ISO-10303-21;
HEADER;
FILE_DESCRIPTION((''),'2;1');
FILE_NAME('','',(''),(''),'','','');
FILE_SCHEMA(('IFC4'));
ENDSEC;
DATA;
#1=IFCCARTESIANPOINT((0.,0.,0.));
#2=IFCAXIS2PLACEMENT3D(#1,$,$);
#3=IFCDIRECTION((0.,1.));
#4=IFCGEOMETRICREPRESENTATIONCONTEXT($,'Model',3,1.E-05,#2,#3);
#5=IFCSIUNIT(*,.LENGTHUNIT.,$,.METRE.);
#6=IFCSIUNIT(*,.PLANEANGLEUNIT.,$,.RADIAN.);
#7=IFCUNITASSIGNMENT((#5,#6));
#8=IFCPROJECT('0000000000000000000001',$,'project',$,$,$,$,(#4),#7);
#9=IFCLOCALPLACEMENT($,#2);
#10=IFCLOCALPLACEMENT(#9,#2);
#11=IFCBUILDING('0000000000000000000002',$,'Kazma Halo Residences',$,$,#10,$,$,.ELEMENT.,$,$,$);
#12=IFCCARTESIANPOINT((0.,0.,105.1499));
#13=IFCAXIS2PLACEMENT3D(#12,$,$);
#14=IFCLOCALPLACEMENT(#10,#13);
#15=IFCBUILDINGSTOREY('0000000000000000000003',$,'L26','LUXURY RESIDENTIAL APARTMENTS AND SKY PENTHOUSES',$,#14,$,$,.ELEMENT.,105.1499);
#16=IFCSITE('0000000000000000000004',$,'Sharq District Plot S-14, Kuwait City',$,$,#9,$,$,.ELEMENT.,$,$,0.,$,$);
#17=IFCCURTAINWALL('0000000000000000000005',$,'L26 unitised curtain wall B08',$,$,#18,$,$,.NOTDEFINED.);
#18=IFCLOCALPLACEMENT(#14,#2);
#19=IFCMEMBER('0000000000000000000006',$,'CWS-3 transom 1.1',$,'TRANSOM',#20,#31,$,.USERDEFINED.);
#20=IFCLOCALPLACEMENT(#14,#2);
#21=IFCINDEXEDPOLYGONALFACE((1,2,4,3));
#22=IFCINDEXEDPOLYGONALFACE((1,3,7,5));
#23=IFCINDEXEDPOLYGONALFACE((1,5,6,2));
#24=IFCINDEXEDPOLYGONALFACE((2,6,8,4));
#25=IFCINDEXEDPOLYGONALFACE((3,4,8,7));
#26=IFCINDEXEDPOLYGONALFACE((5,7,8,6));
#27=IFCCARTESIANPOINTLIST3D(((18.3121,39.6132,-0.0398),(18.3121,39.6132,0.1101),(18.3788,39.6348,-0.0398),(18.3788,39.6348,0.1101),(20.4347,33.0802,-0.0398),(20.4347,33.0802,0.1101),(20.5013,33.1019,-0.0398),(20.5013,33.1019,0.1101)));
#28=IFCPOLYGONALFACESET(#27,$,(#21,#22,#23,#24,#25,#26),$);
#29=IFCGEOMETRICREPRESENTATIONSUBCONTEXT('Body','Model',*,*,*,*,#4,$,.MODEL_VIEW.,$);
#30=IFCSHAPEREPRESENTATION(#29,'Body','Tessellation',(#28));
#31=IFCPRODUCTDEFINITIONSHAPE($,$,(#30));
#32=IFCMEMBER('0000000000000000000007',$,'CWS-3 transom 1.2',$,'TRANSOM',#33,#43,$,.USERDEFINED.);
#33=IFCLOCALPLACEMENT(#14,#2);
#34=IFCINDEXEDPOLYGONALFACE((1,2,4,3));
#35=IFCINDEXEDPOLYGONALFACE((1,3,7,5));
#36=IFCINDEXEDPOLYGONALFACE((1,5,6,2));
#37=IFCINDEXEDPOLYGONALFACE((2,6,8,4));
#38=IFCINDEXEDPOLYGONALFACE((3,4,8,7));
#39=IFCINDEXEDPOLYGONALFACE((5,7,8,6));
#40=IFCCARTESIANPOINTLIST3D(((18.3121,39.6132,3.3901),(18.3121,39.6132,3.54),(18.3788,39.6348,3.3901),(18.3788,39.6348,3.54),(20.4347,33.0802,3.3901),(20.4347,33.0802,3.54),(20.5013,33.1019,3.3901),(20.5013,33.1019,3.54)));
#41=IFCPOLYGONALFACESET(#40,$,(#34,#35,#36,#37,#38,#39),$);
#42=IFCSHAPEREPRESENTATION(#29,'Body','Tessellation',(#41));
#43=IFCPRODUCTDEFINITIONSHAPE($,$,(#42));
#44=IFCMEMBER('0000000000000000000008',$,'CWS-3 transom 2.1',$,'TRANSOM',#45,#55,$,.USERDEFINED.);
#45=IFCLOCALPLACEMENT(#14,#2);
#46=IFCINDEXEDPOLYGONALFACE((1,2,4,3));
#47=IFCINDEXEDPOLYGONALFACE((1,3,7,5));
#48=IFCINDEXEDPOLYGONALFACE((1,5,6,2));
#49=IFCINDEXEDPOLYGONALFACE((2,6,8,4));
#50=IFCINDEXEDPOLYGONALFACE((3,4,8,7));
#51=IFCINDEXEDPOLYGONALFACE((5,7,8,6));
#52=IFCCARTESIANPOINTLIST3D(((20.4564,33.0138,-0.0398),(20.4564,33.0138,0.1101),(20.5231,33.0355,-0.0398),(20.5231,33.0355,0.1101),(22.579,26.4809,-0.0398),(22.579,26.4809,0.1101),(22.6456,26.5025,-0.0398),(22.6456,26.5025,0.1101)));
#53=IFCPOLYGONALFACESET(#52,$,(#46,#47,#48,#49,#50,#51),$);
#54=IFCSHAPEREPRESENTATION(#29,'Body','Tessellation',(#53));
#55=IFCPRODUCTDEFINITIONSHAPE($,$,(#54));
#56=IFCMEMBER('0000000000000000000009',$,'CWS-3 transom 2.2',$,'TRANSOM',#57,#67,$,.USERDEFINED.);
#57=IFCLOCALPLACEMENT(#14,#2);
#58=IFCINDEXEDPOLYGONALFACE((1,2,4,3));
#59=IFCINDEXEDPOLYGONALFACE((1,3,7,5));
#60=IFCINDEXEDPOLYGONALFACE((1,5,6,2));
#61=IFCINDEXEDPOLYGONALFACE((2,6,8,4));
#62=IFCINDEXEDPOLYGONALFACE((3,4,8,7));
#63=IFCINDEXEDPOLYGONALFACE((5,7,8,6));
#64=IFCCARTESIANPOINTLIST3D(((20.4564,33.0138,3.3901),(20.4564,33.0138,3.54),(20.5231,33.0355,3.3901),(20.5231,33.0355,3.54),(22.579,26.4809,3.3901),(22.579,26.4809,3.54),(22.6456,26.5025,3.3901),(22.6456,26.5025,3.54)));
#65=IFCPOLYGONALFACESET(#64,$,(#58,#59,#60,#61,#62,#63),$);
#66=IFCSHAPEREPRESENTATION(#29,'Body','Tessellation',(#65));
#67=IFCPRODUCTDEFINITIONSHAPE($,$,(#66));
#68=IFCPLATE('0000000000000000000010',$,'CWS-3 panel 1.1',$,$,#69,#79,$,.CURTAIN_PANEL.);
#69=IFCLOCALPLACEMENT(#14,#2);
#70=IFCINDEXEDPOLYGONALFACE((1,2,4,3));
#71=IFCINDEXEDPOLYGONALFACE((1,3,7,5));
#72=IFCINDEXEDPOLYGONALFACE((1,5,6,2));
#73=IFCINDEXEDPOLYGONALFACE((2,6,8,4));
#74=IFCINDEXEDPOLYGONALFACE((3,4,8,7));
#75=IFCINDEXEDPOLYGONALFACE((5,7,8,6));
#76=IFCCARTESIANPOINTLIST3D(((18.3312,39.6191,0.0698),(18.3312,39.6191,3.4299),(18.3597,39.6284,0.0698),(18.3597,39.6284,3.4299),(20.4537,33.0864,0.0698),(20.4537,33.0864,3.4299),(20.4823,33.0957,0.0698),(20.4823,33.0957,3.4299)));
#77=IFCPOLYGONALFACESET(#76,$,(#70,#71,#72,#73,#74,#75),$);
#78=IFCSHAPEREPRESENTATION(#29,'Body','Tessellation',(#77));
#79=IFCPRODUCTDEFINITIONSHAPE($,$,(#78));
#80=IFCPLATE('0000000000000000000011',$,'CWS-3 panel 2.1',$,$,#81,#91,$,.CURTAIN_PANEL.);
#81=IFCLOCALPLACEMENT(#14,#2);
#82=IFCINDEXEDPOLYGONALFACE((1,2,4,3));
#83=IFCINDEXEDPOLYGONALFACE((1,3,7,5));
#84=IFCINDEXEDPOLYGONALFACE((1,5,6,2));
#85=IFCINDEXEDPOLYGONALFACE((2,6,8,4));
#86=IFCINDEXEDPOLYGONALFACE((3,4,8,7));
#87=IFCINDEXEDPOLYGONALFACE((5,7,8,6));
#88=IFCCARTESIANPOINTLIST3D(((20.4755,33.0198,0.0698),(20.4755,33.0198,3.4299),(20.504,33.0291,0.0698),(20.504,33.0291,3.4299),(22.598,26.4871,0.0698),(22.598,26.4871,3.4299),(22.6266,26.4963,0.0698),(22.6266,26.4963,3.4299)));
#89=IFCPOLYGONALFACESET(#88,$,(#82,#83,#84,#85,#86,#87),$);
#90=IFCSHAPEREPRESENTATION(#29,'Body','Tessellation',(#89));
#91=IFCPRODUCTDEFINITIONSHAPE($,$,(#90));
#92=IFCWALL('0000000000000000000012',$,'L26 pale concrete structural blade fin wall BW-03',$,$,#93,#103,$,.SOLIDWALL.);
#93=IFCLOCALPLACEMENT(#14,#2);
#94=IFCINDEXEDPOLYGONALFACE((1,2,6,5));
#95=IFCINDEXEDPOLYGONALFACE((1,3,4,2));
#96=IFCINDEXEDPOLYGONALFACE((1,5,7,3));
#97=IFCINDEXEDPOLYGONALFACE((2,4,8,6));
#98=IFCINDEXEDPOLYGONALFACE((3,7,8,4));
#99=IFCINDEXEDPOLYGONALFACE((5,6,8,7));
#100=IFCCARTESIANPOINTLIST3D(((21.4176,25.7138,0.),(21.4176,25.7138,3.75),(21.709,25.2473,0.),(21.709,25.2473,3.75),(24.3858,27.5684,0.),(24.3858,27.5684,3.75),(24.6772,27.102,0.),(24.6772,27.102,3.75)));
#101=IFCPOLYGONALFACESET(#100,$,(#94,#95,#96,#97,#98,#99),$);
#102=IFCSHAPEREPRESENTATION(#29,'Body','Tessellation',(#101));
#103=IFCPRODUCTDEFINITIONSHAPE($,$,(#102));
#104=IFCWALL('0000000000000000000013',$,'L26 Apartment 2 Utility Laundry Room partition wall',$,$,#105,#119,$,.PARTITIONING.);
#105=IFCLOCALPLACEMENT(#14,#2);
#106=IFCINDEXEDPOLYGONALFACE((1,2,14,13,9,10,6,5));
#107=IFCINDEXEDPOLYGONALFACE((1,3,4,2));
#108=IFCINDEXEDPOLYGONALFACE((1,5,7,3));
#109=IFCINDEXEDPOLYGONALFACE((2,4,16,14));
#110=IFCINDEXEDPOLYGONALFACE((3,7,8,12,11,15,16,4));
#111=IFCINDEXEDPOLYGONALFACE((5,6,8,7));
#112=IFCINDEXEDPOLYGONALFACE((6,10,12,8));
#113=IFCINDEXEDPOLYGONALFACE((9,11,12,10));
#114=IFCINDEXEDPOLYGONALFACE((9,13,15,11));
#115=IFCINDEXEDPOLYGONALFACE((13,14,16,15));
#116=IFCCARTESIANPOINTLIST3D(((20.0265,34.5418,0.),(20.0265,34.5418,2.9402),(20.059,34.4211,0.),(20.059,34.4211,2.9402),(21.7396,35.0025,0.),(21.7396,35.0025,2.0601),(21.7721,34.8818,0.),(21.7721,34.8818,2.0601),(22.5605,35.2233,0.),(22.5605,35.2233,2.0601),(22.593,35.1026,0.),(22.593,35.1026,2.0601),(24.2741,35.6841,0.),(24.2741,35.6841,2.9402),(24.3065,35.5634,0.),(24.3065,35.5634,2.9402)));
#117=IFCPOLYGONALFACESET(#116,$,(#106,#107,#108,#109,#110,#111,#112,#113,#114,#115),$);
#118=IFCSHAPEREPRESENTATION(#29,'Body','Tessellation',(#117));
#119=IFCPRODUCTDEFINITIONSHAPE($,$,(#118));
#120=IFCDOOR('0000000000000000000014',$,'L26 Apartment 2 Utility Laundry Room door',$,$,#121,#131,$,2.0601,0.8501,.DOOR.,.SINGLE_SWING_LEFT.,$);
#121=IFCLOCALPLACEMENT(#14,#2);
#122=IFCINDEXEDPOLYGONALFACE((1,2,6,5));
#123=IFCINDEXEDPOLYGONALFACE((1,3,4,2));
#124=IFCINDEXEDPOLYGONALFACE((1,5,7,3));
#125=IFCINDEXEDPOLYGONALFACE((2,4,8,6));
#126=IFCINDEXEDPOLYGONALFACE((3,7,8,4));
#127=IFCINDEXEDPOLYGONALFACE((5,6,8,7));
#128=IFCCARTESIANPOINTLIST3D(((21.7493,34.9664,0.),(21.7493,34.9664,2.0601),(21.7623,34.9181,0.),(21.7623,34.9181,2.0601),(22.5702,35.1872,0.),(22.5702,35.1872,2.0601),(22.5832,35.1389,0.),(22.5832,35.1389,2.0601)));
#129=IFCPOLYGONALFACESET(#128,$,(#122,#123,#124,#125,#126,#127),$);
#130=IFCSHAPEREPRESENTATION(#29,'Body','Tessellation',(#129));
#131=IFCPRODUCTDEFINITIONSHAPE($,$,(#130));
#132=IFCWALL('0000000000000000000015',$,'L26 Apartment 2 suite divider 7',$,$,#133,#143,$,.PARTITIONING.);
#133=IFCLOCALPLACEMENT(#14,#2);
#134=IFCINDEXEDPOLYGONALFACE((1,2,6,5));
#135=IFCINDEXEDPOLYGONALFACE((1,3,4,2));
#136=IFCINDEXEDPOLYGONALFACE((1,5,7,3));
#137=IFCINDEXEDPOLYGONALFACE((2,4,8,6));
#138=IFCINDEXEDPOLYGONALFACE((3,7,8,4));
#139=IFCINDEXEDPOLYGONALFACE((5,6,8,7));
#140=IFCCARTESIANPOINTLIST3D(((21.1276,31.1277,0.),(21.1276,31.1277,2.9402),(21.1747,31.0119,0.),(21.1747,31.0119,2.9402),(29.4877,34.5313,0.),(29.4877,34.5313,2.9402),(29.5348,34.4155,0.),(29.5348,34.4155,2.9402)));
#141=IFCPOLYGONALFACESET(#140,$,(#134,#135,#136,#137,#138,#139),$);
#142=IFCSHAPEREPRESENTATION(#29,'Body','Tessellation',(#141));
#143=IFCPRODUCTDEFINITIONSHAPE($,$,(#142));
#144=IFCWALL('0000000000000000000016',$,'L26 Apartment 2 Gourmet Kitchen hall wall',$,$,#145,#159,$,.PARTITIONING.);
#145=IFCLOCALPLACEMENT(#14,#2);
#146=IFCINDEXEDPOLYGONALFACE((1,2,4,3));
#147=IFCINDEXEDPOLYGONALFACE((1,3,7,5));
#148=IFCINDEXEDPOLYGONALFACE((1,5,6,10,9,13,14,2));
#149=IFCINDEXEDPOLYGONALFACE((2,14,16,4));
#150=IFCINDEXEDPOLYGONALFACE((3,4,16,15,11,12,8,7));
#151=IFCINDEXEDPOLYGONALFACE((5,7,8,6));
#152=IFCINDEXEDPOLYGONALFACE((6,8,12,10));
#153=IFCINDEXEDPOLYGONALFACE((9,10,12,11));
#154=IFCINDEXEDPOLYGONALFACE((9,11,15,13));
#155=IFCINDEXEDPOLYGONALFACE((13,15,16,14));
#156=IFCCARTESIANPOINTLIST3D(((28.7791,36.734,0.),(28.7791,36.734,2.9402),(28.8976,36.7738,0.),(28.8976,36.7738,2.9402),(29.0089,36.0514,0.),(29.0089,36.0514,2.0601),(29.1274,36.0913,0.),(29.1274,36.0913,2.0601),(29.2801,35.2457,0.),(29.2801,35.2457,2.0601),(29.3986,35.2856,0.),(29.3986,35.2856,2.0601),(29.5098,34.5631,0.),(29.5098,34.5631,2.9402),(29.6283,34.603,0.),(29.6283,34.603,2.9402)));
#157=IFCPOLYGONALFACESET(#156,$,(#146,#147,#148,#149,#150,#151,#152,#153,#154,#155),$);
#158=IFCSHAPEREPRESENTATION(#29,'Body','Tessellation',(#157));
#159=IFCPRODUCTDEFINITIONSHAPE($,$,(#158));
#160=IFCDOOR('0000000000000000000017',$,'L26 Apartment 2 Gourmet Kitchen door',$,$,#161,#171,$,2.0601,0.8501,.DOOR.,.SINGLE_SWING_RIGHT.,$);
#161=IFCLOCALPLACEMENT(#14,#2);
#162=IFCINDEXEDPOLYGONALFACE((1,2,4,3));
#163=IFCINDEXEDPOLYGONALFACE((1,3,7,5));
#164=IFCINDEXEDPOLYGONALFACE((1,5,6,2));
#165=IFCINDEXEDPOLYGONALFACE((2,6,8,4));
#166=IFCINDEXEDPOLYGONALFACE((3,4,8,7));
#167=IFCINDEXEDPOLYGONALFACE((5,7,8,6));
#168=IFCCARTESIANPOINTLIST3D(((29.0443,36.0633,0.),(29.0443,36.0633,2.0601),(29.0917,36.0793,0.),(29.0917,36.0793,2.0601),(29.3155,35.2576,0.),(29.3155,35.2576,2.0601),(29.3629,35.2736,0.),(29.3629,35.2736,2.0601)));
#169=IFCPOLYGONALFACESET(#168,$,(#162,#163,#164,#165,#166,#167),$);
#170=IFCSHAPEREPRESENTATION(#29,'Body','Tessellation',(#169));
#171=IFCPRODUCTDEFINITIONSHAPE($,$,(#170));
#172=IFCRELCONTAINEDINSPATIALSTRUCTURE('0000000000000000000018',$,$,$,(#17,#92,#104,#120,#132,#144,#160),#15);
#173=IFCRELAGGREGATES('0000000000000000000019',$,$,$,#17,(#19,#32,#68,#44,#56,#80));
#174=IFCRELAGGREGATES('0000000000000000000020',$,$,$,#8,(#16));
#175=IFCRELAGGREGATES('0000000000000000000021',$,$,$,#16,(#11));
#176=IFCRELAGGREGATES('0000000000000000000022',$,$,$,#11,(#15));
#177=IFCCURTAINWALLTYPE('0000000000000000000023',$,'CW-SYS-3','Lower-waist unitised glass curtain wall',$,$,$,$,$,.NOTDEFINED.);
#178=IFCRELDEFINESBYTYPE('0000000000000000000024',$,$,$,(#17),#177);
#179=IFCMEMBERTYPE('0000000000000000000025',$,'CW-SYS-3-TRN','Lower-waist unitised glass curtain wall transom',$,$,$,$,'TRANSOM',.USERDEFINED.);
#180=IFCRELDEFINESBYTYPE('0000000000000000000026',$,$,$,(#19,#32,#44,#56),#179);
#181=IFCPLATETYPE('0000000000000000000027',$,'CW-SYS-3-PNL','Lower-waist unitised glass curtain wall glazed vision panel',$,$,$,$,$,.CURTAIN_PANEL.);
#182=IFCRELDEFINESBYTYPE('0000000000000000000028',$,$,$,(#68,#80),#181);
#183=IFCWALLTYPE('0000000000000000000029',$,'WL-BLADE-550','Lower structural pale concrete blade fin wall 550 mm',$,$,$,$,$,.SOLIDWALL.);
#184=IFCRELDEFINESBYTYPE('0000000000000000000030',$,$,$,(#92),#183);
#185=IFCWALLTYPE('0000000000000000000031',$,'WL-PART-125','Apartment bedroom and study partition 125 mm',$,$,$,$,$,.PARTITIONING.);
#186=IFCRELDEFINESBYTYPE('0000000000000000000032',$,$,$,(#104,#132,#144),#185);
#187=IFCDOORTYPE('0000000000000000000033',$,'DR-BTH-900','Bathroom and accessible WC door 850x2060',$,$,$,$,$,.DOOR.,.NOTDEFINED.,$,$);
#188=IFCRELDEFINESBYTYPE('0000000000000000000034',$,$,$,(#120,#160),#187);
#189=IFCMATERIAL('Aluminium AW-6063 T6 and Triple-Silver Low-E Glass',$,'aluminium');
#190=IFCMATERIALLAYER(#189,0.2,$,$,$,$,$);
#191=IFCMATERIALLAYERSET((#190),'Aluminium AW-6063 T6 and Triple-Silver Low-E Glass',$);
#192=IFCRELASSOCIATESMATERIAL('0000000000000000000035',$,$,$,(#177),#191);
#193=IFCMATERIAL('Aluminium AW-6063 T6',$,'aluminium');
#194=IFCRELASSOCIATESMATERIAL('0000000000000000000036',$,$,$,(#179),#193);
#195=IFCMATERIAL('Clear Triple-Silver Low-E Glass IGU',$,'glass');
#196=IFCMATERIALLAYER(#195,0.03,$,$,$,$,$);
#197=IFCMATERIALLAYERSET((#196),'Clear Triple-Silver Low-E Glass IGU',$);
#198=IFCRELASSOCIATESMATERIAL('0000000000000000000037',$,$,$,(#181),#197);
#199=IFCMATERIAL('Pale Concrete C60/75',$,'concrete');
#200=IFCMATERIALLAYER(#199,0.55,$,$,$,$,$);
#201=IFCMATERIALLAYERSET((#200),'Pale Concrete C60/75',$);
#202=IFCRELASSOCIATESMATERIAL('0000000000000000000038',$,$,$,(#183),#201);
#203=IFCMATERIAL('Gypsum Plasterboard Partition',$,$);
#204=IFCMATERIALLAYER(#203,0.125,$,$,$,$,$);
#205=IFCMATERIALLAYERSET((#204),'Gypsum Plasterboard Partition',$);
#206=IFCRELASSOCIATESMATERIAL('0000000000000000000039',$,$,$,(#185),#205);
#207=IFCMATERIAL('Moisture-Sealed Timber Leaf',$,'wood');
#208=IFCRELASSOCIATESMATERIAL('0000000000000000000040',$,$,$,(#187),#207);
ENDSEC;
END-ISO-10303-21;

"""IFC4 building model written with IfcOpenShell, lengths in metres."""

from ifc_helpers import new_model, si_unit, direction, frame, frame_2d, origin, origin_2d, place, context, subcontext, project, spatial, rectangle, extrude, material, layer, layer_set, material_profile, profile_set, type_object, element, fill, aggregate, save


model = new_model("IFC4")

# Units and contexts
model_context = context("Model", 3, precision=1e-05, world=origin(), true_north=direction((0.0, 1.0)))
body_context = subcontext(model_context, "Body", "Model", "MODEL_VIEW")
ifc_project = project(units=[si_unit("LENGTHUNIT", "METRE"), si_unit("PLANEANGLEUNIT", "RADIAN")], contexts=[model_context])

# Site, building, storey
site_placement = place(None, origin())
site = spatial("IfcSite", under=ifc_project, at=site_placement, Name="Sharq District Plot S-14, Kuwait City", CompositionType="ELEMENT", RefElevation=0.0)
building_placement = place(site_placement, origin())
building = spatial("IfcBuilding", under=site, at=building_placement, Name="Kazma Halo Residences", CompositionType="ELEMENT")
storey_placement = place(building_placement, frame((0.0, 0.0, 105.1499)))
storey = spatial("IfcBuildingStorey", under=building, at=storey_placement, Name="L26", Description="LUXURY RESIDENTIAL APARTMENTS AND SKY PENTHOUSES", CompositionType="ELEMENT", Elevation=105.1499)

# Curtain wall, members, plates
ifc_material_1 = material(Name="Aluminium AW-6063 T6 and Triple-Silver Low-E Glass", Category="aluminium")
ifc_layer_1 = layer(ifc_material_1, 0.2)
ifc_layer_set_1 = layer_set([ifc_layer_1], Name="Aluminium AW-6063 T6 and Triple-Silver Low-E Glass")
curtain_wall_type = type_object("IfcCurtainWallType", Name="CW-SYS-3", Description="Lower-waist unitised glass curtain wall", PredefinedType="NOTDEFINED", material=ifc_layer_set_1)
curtain_wall_placement = place(storey_placement, origin())
curtain_wall = element("IfcCurtainWall", 1, at=curtain_wall_placement, inside=storey, type_object=curtain_wall_type, Name="L26 unitised curtain wall B08", PredefinedType="NOTDEFINED")
ifc_material_2 = material(Name="Aluminium AW-6063 T6", Category="aluminium")
ifc_material_profile_1 = material_profile(ifc_material_2, rectangle(XDim=0.0701, YDim=0.1499, at=origin_2d()), Name="CWT-70x150")
ifc_profile_set_1 = profile_set([ifc_material_profile_1], Name="Aluminium AW-6063 T6")
member_type_1 = type_object("IfcMemberType", Name="CW-SYS-3-TRN", Description="Lower-waist unitised glass curtain wall transom", ElementType="TRANSOM", PredefinedType="USERDEFINED", material=ifc_profile_set_1)
member_1_placement = place(storey_placement, frame((18.3455, 39.624, 0.0352), z_axis=(0.309, -0.951062, 0.0), x_axis=(0.951062, 0.309, 0.0)))
member_1 = element("IfcMember", 2, at=member_1_placement, type_object=member_type_1, Name="CWS-3 transom 1.1", ObjectType="TRANSOM", PredefinedType="USERDEFINED", context=body_context, shape_type="SweptSolid", body=[
    extrude(rectangle(XDim=0.0701, YDim=0.1499, at=origin_2d()), origin(), (0.0, 0.0, 1.0), 6.8691),
])
member_2_placement = place(storey_placement, frame((18.3455, 39.624, 3.4651), z_axis=(0.309, -0.951062, 0.0), x_axis=(0.951062, 0.309, 0.0)))
member_2 = element("IfcMember", 3, at=member_2_placement, type_object=member_type_1, Name="CWS-3 transom 1.2", ObjectType="TRANSOM", PredefinedType="USERDEFINED", context=body_context, shape_type="SweptSolid", body=[
    extrude(rectangle(XDim=0.0701, YDim=0.1499, at=origin_2d()), origin(), (0.0, 0.0, 1.0), 6.8691),
])
member_3_placement = place(storey_placement, frame((20.4897, 33.0247, 0.0352), z_axis=(0.309, -0.951062, 0.0), x_axis=(0.951062, 0.309, 0.0)))
member_3 = element("IfcMember", 4, at=member_3_placement, type_object=member_type_1, Name="CWS-3 transom 2.1", ObjectType="TRANSOM", PredefinedType="USERDEFINED", context=body_context, shape_type="SweptSolid", body=[
    extrude(rectangle(XDim=0.0701, YDim=0.1499, at=origin_2d()), origin(), (0.0, 0.0, 1.0), 6.8691),
])
member_4_placement = place(storey_placement, frame((20.4897, 33.0247, 3.4651), z_axis=(0.309, -0.951062, 0.0), x_axis=(0.951062, 0.309, 0.0)))
member_4 = element("IfcMember", 5, at=member_4_placement, type_object=member_type_1, Name="CWS-3 transom 2.2", ObjectType="TRANSOM", PredefinedType="USERDEFINED", context=body_context, shape_type="SweptSolid", body=[
    extrude(rectangle(XDim=0.0701, YDim=0.1499, at=origin_2d()), origin(), (0.0, 0.0, 1.0), 6.8691),
])
ifc_material_3 = material(Name="Clear Triple-Silver Low-E Glass IGU", Category="glass")
ifc_layer_2 = layer(ifc_material_3, 0.03)
ifc_layer_set_2 = layer_set([ifc_layer_2], Name="Clear Triple-Silver Low-E Glass IGU")
plate_type = type_object("IfcPlateType", Name="CW-SYS-3-PNL", Description="Lower-waist unitised glass curtain wall glazed vision panel", PredefinedType="CURTAIN_PANEL", material=ifc_layer_set_2)
plate_1_placement = place(storey_placement, frame((19.4067, 36.3574, 0.0698), z_axis=(0.0, 0.0, 1.0), x_axis=(0.309013, -0.951058, 0.0)))
plate_1 = element("IfcPlate", 6, at=plate_1_placement, type_object=plate_type, Name="CWS-3 panel 1.1", PredefinedType="CURTAIN_PANEL", context=body_context, shape_type="SweptSolid", body=[
    extrude(rectangle(XDim=6.8689, YDim=0.03, at=origin_2d()), origin(), (0.0, 0.0, 1.0), 3.3601),
])
plate_2_placement = place(storey_placement, frame((21.551, 29.7581, 0.0698), z_axis=(0.0, 0.0, 1.0), x_axis=(0.309013, -0.951058, 0.0)))
plate_2 = element("IfcPlate", 7, at=plate_2_placement, type_object=plate_type, Name="CWS-3 panel 2.1", PredefinedType="CURTAIN_PANEL", context=body_context, shape_type="SweptSolid", body=[
    extrude(rectangle(XDim=6.8689, YDim=0.03, at=origin_2d()), origin(), (0.0, 0.0, 1.0), 3.3601),
])
aggregate(curtain_wall, [member_1, member_2, plate_1, member_3, member_4, plate_2])

# Wall
ifc_material_4 = material(Name="Pale Concrete C60/75", Category="concrete")
ifc_layer_3 = layer(ifc_material_4, 0.55)
ifc_layer_set_3 = layer_set([ifc_layer_3], Name="Pale Concrete C60/75")
wall_type_1 = type_object("IfcWallType", Name="WL-BLADE-550", Description="Lower structural pale concrete blade fin wall 550 mm", PredefinedType="SOLIDWALL", material=ifc_layer_set_3)
wall_1_placement = place(storey_placement, frame((24.5315, 27.3352, 0.0), z_axis=(0.0, 0.0, 1.0), x_axis=(-0.848053, -0.529911, 0.0)))
element("IfcWall", 8, at=wall_1_placement, inside=storey, type_object=wall_type_1, Name="L26 pale concrete structural blade fin wall BW-03", PredefinedType="SOLIDWALL", context=body_context, shape_type="SweptSolid", body=[
    extrude(rectangle(XDim=3.5, YDim=0.55, at=frame_2d((1.75, 0.0))), origin(), (0.0, 0.0, 1.0), 3.75),
])

# Wall, opening, door
ifc_material_5 = material(Name="Gypsum Plasterboard Partition")
ifc_layer_4 = layer(ifc_material_5, 0.125)
ifc_layer_set_4 = layer_set([ifc_layer_4], Name="Gypsum Plasterboard Partition")
wall_type_2 = type_object("IfcWallType", Name="WL-PART-125", Description="Apartment bedroom and study partition 125 mm", PredefinedType="PARTITIONING", material=ifc_layer_set_4)
wall_2_placement = place(storey_placement, frame((24.2903, 35.6238, 0.0), z_axis=(0.0, 0.0, 1.0), x_axis=(-0.965686, -0.259711, 0.0)))
wall_2 = element("IfcWall", 9, at=wall_2_placement, inside=storey, type_object=wall_type_2, Name="L26 Apartment 2 Utility Laundry Room partition wall", PredefinedType="PARTITIONING", context=body_context, shape_type="SweptSolid", body=[
    extrude(rectangle(XDim=4.3984, YDim=0.125, at=frame_2d((2.1992, 0.0))), origin(), (0.0, 0.0, 1.0), 2.9402),
])
opening_1_placement = place(wall_2_placement, frame((1.7744, 0.0, 0.0)))
opening_1 = element("IfcOpeningElement", 10, at=opening_1_placement, cuts=wall_2, PredefinedType="OPENING", context=body_context, shape_type="SweptSolid", body=[
    extrude(rectangle(XDim=0.8501, YDim=2.0601, at=frame_2d((0.425, 1.03))), frame((0.0, 0.0725, 0.0), z_axis=(0.0, -1.0, 0.0), x_axis=(1.0, 0.0, 0.0)), (0.0, 0.0, 1.0), 0.145),
])
ifc_material_6 = material(Name="Moisture-Sealed Timber Leaf", Category="wood")
door_type = type_object("IfcDoorType", Name="DR-BTH-900", Description="Bathroom and accessible WC door 850x2060", OperationType="NOTDEFINED", PredefinedType="DOOR", material=ifc_material_6)
door_1_placement = place(opening_1_placement, origin())
door_1 = element("IfcDoor", 11, at=door_1_placement, inside=storey, type_object=door_type, Name="L26 Apartment 2 Utility Laundry Room door", OperationType="SINGLE_SWING_LEFT", OverallHeight=2.0601, OverallWidth=0.8501, PredefinedType="DOOR", context=body_context, shape_type="SweptSolid", body=[
    extrude(rectangle(XDim=0.8501, YDim=2.0601, at=frame_2d((0.425, 1.03))), frame((0.0, 0.0249, 0.0), z_axis=(0.0, -1.0, 0.0), x_axis=(1.0, 0.0, 0.0)), (0.0, 0.0, 1.0), 0.05),
])
fill(opening_1, door_1)

# Wall
wall_3_placement = place(storey_placement, frame((29.5112, 34.4734, 0.0), z_axis=(0.0, 0.0, 1.0), x_axis=(-0.926185, -0.377068, 0.0)))
element("IfcWall", 12, at=wall_3_placement, inside=storey, type_object=wall_type_2, Name="L26 Apartment 2 suite divider 7", PredefinedType="PARTITIONING", context=body_context, shape_type="SweptSolid", body=[
    extrude(rectangle(XDim=9.0264, YDim=0.125, at=frame_2d((4.5132, 0.0))), origin(), (0.0, 0.0, 1.0), 2.9402),
])

# Wall, opening, door
wall_4_placement = place(storey_placement, frame((28.8384, 36.7539, 0.0), z_axis=(0.0, 0.0, 1.0), x_axis=(0.319008, -0.947752, 0.0)))
wall_4 = element("IfcWall", 13, at=wall_4_placement, inside=storey, type_object=wall_type_2, Name="L26 Apartment 2 Gourmet Kitchen hall wall", PredefinedType="PARTITIONING", context=body_context, shape_type="SweptSolid", body=[
    extrude(rectangle(XDim=2.2905, YDim=0.125, at=frame_2d((1.1453, 0.0))), origin(), (0.0, 0.0, 1.0), 2.9402),
])
opening_2_placement = place(wall_4_placement, frame((0.7202, 0.0, 0.0)))
opening_2 = element("IfcOpeningElement", 14, at=opening_2_placement, cuts=wall_4, PredefinedType="OPENING", context=body_context, shape_type="SweptSolid", body=[
    extrude(rectangle(XDim=0.8501, YDim=2.0601, at=frame_2d((0.425, 1.03))), frame((0.0, 0.0725, 0.0), z_axis=(0.0, -1.0, 0.0), x_axis=(1.0, 0.0, 0.0)), (0.0, 0.0, 1.0), 0.145),
])
door_2_placement = place(opening_2_placement, origin())
door_2 = element("IfcDoor", 15, at=door_2_placement, inside=storey, type_object=door_type, Name="L26 Apartment 2 Gourmet Kitchen door", OperationType="SINGLE_SWING_RIGHT", OverallHeight=2.0601, OverallWidth=0.8501, PredefinedType="DOOR", context=body_context, shape_type="SweptSolid", body=[
    extrude(rectangle(XDim=0.8501, YDim=2.0601, at=frame_2d((0.425, 1.03))), frame((0.0, 0.0249, 0.0), z_axis=(0.0, -1.0, 0.0), x_axis=(1.0, 0.0, 0.0)), (0.0, 0.0, 1.0), 0.05),
])
fill(opening_2, door_2)

save(model, "model.ifc")
